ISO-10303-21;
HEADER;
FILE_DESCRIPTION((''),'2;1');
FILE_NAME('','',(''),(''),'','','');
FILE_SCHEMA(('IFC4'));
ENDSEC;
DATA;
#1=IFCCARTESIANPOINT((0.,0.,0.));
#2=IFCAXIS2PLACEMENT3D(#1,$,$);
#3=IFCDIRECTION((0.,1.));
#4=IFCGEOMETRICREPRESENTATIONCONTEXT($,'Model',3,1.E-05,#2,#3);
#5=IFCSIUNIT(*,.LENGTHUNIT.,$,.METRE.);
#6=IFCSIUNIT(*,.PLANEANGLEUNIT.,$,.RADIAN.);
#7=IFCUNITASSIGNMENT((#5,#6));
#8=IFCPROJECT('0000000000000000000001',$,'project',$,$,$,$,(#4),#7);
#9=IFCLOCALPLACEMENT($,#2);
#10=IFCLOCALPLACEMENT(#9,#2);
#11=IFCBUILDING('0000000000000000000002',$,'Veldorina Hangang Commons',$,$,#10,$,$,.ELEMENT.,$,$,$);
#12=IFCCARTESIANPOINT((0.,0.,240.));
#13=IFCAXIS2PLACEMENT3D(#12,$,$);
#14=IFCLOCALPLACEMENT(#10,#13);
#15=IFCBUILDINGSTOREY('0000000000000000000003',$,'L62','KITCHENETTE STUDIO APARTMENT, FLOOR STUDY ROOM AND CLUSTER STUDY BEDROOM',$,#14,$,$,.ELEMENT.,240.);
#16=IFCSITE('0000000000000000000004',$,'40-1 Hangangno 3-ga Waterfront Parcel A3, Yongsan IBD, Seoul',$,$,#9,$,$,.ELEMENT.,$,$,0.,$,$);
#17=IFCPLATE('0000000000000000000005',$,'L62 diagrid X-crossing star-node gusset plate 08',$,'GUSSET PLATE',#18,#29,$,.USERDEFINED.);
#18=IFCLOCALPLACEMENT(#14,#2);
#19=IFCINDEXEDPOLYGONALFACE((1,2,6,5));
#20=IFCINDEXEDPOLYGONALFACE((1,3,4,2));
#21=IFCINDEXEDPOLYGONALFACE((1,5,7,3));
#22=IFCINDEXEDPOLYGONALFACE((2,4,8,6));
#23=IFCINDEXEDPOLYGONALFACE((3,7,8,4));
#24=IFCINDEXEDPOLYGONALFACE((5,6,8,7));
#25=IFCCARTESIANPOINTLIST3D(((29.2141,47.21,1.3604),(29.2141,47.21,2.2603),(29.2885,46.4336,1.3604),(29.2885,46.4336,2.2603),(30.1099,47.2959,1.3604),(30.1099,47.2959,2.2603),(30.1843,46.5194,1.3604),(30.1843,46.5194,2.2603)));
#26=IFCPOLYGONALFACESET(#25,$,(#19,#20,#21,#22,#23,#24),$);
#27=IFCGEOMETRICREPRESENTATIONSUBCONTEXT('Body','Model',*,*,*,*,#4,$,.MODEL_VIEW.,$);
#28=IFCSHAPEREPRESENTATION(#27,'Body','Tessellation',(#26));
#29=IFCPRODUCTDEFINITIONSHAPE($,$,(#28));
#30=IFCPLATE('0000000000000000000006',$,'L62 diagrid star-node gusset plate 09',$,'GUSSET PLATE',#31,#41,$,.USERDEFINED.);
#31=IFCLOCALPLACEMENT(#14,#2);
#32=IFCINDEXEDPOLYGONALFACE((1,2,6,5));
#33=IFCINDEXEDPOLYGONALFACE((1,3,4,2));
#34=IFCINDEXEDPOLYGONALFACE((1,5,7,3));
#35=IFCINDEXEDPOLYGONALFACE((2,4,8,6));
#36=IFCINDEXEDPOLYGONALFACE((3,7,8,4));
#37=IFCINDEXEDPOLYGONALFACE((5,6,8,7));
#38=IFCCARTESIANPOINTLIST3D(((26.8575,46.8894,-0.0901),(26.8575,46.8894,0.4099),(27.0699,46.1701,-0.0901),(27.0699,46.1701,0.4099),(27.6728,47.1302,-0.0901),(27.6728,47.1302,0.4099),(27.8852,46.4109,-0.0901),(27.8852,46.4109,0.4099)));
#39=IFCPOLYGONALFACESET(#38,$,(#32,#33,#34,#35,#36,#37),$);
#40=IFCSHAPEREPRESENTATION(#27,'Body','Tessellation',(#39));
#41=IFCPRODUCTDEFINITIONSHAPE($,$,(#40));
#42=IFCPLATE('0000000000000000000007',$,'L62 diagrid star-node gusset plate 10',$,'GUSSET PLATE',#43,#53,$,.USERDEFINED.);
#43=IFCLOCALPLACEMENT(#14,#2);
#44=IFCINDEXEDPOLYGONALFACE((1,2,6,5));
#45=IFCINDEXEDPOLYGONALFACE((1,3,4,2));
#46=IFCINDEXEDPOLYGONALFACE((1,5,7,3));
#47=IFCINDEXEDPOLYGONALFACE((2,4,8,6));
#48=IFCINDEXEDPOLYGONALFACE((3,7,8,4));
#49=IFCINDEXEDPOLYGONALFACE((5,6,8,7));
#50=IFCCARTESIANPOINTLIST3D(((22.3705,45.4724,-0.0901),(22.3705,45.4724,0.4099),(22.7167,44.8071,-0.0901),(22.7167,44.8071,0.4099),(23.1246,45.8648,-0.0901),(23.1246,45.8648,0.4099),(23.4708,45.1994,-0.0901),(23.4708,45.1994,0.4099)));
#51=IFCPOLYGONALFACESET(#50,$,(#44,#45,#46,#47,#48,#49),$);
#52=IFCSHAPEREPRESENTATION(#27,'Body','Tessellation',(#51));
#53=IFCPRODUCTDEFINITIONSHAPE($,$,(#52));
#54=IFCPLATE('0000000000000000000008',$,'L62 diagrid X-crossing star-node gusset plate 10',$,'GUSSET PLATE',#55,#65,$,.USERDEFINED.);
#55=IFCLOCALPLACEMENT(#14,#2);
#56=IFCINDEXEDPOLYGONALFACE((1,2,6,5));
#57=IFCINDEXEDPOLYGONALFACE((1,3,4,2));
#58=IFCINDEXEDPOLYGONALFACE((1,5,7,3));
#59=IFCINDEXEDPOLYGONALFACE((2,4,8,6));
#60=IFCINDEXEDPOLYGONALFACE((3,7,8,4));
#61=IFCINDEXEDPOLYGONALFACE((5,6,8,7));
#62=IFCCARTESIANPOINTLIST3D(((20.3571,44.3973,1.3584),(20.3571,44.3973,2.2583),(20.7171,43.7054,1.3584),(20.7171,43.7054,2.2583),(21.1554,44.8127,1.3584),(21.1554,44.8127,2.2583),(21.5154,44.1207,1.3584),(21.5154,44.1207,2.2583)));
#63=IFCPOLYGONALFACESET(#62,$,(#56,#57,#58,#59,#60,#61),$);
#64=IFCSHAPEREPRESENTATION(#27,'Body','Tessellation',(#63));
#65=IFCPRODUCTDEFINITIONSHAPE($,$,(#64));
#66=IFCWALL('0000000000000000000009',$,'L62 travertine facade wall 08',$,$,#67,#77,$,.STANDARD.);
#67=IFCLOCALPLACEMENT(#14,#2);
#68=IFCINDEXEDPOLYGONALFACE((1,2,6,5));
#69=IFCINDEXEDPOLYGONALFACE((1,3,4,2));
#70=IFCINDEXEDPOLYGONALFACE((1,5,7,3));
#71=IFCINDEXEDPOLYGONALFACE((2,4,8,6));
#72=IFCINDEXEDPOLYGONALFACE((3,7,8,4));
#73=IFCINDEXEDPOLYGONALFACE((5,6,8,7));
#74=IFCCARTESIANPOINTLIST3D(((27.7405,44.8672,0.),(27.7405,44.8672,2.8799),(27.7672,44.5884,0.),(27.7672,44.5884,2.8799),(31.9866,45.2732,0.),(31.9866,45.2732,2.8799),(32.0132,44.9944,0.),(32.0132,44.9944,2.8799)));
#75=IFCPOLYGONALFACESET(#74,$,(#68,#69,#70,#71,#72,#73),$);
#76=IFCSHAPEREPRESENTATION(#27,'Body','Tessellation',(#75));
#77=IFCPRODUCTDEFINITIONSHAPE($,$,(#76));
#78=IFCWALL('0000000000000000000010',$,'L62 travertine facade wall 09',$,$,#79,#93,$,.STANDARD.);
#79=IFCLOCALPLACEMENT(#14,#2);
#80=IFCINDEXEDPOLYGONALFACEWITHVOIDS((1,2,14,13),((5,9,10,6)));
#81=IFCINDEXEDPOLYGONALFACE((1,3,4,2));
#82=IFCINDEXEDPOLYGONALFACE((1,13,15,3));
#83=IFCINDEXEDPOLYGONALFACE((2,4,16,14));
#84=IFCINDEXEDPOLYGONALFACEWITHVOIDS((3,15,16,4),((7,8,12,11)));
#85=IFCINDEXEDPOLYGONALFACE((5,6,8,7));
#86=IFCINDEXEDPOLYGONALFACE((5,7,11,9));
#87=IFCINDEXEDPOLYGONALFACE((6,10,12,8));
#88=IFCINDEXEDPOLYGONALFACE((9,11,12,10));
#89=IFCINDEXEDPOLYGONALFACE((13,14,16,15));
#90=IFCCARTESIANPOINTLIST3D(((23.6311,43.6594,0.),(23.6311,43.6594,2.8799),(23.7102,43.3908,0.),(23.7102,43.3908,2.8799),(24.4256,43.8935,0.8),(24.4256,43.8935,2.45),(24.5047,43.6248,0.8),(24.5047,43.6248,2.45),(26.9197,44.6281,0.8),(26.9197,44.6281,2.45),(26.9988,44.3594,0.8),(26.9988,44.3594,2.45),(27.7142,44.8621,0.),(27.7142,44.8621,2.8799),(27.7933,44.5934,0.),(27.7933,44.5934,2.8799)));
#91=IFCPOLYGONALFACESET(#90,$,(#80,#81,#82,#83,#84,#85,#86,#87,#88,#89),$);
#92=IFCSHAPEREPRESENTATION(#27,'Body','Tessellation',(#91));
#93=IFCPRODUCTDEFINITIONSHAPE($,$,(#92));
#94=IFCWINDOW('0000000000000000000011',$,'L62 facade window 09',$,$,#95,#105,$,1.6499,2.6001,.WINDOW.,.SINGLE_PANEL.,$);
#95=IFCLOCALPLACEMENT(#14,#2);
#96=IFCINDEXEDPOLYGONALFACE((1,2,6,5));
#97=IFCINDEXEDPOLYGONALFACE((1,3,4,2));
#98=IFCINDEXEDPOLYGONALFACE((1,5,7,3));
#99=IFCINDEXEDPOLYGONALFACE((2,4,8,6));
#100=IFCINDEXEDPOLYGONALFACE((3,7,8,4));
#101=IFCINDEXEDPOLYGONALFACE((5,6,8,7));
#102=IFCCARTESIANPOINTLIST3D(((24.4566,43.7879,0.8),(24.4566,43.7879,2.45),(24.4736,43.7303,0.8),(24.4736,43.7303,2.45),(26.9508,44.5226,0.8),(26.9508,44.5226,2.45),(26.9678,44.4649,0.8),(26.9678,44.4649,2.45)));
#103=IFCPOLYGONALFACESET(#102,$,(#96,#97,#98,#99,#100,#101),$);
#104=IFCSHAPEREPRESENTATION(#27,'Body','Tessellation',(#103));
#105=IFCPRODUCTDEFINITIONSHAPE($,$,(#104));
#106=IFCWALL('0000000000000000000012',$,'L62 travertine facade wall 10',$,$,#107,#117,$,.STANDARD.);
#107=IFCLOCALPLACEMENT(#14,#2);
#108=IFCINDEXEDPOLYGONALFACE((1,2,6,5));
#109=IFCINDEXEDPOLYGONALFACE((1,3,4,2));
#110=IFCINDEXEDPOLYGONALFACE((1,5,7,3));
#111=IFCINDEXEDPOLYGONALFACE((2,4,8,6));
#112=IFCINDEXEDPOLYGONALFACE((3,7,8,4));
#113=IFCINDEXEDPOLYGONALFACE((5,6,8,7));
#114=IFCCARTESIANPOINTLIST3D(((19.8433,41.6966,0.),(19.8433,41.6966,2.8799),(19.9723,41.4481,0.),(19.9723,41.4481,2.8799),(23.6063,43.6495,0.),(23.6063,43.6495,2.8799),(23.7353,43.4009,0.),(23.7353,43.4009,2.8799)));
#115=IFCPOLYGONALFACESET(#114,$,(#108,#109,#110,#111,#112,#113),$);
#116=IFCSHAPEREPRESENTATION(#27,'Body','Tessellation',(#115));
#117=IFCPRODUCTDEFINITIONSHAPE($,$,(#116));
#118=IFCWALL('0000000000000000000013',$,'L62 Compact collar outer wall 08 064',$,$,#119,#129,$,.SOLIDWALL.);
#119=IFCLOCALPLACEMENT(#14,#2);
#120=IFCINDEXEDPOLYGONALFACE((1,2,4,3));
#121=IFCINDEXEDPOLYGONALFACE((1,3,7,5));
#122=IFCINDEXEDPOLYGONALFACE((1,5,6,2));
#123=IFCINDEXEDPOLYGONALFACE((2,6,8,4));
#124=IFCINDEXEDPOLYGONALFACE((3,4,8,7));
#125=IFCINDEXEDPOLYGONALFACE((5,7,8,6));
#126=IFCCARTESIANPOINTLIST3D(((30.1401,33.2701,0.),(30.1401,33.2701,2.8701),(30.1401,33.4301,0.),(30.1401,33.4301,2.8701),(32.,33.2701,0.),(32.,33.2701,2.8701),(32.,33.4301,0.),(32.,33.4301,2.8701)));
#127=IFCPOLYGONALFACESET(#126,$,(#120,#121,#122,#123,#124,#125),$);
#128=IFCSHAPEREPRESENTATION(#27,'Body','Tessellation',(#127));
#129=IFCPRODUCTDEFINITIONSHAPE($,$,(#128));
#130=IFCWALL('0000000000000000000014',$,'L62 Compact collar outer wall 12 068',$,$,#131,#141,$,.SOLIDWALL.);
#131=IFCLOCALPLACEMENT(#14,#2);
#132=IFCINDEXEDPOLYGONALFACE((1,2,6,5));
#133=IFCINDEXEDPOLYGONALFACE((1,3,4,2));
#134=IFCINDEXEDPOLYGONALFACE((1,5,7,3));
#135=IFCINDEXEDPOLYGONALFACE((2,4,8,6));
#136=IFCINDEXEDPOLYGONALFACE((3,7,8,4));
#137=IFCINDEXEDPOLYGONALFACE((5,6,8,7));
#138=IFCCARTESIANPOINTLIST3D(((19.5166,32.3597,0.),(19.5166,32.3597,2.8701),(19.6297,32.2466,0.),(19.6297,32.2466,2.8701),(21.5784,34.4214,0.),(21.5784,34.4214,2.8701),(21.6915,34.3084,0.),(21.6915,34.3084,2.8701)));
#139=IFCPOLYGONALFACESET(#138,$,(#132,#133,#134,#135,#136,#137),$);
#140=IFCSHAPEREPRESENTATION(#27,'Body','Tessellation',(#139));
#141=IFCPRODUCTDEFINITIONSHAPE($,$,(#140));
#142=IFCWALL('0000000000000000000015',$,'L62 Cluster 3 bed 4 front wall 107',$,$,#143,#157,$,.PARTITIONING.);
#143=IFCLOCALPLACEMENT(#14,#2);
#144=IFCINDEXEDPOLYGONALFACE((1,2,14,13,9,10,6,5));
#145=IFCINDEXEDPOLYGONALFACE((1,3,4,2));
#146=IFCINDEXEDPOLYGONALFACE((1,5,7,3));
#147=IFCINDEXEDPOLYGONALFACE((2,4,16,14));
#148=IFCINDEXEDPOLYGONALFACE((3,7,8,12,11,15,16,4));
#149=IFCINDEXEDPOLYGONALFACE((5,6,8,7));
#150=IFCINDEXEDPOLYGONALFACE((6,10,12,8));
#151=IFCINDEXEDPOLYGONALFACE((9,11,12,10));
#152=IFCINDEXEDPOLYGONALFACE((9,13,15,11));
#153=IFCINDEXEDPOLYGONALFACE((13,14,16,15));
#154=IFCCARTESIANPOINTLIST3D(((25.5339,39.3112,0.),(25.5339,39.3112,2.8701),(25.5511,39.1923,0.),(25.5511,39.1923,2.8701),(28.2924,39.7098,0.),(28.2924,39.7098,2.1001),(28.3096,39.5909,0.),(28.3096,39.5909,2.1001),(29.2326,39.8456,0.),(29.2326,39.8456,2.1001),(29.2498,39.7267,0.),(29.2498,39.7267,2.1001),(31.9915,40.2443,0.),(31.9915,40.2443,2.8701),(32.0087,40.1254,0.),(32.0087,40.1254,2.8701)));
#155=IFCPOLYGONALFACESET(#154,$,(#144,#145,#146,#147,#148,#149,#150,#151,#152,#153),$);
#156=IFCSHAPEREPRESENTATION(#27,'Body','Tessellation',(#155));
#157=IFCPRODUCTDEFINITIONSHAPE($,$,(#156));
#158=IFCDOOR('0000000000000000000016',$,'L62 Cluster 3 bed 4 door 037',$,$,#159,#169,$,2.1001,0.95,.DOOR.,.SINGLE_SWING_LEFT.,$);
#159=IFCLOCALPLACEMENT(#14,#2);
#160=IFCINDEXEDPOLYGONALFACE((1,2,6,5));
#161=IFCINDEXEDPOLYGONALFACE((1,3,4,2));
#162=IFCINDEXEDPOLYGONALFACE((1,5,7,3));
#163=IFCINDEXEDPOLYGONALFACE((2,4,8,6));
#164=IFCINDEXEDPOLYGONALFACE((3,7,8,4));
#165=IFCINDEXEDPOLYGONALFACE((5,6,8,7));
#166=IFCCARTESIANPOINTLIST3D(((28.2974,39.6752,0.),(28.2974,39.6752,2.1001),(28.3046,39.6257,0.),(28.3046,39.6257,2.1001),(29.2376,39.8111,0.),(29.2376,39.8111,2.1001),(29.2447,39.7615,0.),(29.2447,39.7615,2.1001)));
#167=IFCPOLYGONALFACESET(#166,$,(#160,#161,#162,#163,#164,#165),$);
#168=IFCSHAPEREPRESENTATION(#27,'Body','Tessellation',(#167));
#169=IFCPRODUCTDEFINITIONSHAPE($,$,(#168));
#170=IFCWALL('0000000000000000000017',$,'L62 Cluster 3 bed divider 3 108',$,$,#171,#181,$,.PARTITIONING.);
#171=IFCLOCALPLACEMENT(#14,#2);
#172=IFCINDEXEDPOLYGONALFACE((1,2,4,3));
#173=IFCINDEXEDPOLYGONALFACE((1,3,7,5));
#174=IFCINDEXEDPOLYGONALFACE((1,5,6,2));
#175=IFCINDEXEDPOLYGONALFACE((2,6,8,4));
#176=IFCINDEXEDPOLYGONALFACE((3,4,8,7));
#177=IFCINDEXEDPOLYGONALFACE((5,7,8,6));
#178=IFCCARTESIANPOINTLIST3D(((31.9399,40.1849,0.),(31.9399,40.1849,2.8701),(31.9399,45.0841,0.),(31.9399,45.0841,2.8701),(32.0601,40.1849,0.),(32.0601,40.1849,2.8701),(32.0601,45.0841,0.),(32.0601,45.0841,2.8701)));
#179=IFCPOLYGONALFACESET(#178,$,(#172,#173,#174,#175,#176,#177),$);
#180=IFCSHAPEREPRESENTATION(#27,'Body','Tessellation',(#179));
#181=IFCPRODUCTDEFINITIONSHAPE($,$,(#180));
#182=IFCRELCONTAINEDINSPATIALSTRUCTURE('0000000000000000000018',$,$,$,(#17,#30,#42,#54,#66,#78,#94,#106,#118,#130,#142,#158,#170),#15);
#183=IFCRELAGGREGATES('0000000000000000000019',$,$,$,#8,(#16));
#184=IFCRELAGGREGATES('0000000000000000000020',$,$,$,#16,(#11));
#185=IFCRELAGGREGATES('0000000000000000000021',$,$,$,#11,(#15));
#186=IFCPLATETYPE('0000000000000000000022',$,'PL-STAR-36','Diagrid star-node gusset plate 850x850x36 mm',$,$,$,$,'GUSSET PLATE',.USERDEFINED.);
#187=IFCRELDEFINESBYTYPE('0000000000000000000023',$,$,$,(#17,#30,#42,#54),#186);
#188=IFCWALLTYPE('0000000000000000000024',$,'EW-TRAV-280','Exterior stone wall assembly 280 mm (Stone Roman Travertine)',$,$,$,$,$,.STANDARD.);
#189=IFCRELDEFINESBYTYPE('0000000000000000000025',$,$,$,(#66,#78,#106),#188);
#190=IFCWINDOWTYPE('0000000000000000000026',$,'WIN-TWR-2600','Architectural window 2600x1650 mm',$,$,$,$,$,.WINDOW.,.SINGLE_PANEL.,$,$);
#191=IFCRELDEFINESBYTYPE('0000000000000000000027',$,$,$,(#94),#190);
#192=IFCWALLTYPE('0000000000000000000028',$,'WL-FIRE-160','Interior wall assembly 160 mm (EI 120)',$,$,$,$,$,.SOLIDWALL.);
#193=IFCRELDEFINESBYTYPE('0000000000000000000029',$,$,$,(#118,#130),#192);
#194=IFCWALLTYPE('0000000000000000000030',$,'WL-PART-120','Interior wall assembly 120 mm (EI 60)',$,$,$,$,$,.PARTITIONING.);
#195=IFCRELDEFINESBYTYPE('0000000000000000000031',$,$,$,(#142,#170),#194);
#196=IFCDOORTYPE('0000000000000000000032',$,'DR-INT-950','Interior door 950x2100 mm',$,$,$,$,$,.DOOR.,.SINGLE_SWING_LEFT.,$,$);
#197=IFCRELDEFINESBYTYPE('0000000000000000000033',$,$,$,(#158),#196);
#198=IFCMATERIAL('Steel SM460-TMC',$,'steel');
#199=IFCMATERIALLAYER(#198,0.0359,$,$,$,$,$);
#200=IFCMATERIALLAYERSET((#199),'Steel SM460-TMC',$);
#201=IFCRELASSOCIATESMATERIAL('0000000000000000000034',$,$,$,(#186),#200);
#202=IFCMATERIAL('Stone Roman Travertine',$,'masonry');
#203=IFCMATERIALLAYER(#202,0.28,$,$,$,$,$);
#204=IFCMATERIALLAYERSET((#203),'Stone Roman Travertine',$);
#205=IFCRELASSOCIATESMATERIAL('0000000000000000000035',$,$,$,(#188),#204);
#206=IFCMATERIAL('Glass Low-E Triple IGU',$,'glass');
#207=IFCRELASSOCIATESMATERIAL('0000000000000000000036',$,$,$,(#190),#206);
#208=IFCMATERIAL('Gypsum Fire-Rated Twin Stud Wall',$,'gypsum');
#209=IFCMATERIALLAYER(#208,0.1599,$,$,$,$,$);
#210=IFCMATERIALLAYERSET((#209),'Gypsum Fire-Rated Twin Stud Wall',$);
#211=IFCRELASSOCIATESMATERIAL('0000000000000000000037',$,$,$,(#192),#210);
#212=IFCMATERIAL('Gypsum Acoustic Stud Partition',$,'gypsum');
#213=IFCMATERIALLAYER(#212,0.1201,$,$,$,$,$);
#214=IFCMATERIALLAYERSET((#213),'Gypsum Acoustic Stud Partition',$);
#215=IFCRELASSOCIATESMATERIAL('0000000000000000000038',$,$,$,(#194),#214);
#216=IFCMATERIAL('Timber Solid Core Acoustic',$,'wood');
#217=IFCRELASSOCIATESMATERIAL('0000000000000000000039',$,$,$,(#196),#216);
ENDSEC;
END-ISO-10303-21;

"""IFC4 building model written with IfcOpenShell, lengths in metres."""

from ifc_helpers import new_model, si_unit, direction, frame, frame_2d, origin, origin_2d, place, context, subcontext, project, spatial, rectangle, extrude, material, layer, layer_set, type_object, element, fill, save


model = new_model("IFC4")

# Units and contexts
model_context = context("Model", 3, precision=1e-05, world=origin(), true_north=direction((0.0, 1.0)))
body_context = subcontext(model_context, "Body", "Model", "MODEL_VIEW")
ifc_project = project(units=[si_unit("LENGTHUNIT", "METRE"), si_unit("PLANEANGLEUNIT", "RADIAN")], contexts=[model_context])

# Site, building, storey
site_placement = place(None, origin())
site = spatial("IfcSite", under=ifc_project, at=site_placement, Name="40-1 Hangangno 3-ga Waterfront Parcel A3, Yongsan IBD, Seoul", CompositionType="ELEMENT", RefElevation=0.0)
building_placement = place(site_placement, origin())
building = spatial("IfcBuilding", under=site, at=building_placement, Name="Veldorina Hangang Commons", CompositionType="ELEMENT")
storey_placement = place(building_placement, frame((0.0, 0.0, 240.0)))
storey = spatial("IfcBuildingStorey", under=building, at=storey_placement, Name="L62", Description="KITCHENETTE STUDIO APARTMENT, FLOOR STUDY ROOM AND CLUSTER STUDY BEDROOM", CompositionType="ELEMENT", Elevation=240.0)

# Plates
ifc_material_1 = material(Name="Steel SM460-TMC", Category="steel")
ifc_layer_1 = layer(ifc_material_1, 0.0359)
ifc_layer_set_1 = layer_set([ifc_layer_1], Name="Steel SM460-TMC")
plate_type = type_object("IfcPlateType", Name="PL-STAR-36", Description="Diagrid star-node gusset plate 850x850x36 mm", ElementType="GUSSET PLATE", PredefinedType="USERDEFINED", material=ifc_layer_set_1)
plate_1_placement = place(storey_placement, frame((29.6992, 46.8647, 1.3604), z_axis=(0.0, 0.0, 1.0), x_axis=(-0.995436, -0.095429, 0.0)))
element("IfcPlate", 1, at=plate_1_placement, inside=storey, type_object=plate_type, Name="L62 diagrid X-crossing star-node gusset plate 08", ObjectType="GUSSET PLATE", PredefinedType="USERDEFINED", context=body_context, shape_type="SweptSolid", body=[
    extrude(rectangle(XDim=0.8999, YDim=0.78, at=origin_2d()), origin(), (0.0, 0.0, 1.0), 0.8999),
])
for number, where, z_axis, x_axis, name in (
    (2, (27.3713, 46.6501, -0.0901), (0.0, 0.0, 1.0), (-0.959062, -0.283195, 0.0), "L62 diagrid star-node gusset plate 09"),
    (3, (22.9207, 45.3359, -0.0901), (0.0, 0.0, 1.0), (-0.887116, -0.461547, 0.0), "L62 diagrid star-node gusset plate 10"),
):
    element("IfcPlate", number, at=place(storey_placement, frame(where, z_axis=z_axis, x_axis=x_axis)), inside=storey, type_object=plate_type, Name=name, ObjectType="GUSSET PLATE", PredefinedType="USERDEFINED", context=body_context, shape_type="SweptSolid", body=[
        extrude(rectangle(XDim=0.8501, YDim=0.75, at=origin_2d()), origin(), (0.0, 0.0, 1.0), 0.5),
    ])
plate_2_placement = place(storey_placement, frame((20.9363, 44.259, 1.3584), z_axis=(0.0, 0.0, 1.0), x_axis=(-0.887116, -0.461547, 0.0)))
element("IfcPlate", 4, at=plate_2_placement, inside=storey, type_object=plate_type, Name="L62 diagrid X-crossing star-node gusset plate 10", ObjectType="GUSSET PLATE", PredefinedType="USERDEFINED", context=body_context, shape_type="SweptSolid", body=[
    extrude(rectangle(XDim=0.8999, YDim=0.78, at=origin_2d()), origin(), (0.0, 0.0, 1.0), 0.8999),
])

# Wall
ifc_material_2 = material(Name="Stone Roman Travertine", Category="masonry")
ifc_layer_2 = layer(ifc_material_2, 0.28)
ifc_layer_set_2 = layer_set([ifc_layer_2], Name="Stone Roman Travertine")
wall_type_1 = type_object("IfcWallType", Name="EW-TRAV-280", Description="Exterior stone wall assembly 280 mm (Stone Roman Travertine)", PredefinedType="STANDARD", material=ifc_layer_set_2)
wall_1_placement = place(storey_placement, frame((32.0, 45.1338, 0.0), z_axis=(0.0, 0.0, 1.0), x_axis=(-0.99546, -0.095185, 0.0)))
element("IfcWall", 5, at=wall_1_placement, inside=storey, type_object=wall_type_1, Name="L62 travertine facade wall 08", PredefinedType="STANDARD", context=body_context, shape_type="SweptSolid", body=[
    extrude(rectangle(XDim=4.2654, YDim=0.28, at=frame_2d((2.1328, 0.0))), origin(), (0.0, 0.0, 1.0), 2.8799),
])

# Wall, opening, window
wall_2_placement = place(storey_placement, frame((27.7539, 44.7278, 0.0), z_axis=(0.0, 0.0, 1.0), x_axis=(-0.959259, -0.28253, 0.0)))
wall_2 = element("IfcWall", 6, at=wall_2_placement, inside=storey, type_object=wall_type_1, Name="L62 travertine facade wall 09", PredefinedType="STANDARD", context=body_context, shape_type="SweptSolid", body=[
    extrude(rectangle(XDim=4.2566, YDim=0.28, at=frame_2d((2.1284, 0.0))), origin(), (0.0, 0.0, 1.0), 2.8799),
])
opening_1_placement = place(wall_2_placement, frame((0.8284, 0.0, 0.8)))
opening_1 = element("IfcOpeningElement", 7, at=opening_1_placement, cuts=wall_2, PredefinedType="OPENING", context=body_context, shape_type="SweptSolid", body=[
    extrude(rectangle(XDim=2.6001, YDim=1.6499, at=frame_2d((1.3, 0.825))), frame((0.0, 0.1499, 0.0), z_axis=(0.0, -1.0, 0.0), x_axis=(1.0, 0.0, 0.0)), (0.0, 0.0, 1.0), 0.3),
])
ifc_material_3 = material(Name="Glass Low-E Triple IGU", Category="glass")
window_type = type_object("IfcWindowType", Name="WIN-TWR-2600", Description="Architectural window 2600x1650 mm", PartitioningType="SINGLE_PANEL", PredefinedType="WINDOW", material=ifc_material_3)
window_placement = place(opening_1_placement, origin())
window = element("IfcWindow", 8, at=window_placement, inside=storey, type_object=window_type, Name="L62 facade window 09", OverallHeight=1.6499, OverallWidth=2.6001, PartitioningType="SINGLE_PANEL", PredefinedType="WINDOW", context=body_context, shape_type="SweptSolid", body=[
    extrude(rectangle(XDim=2.6001, YDim=1.6499, at=frame_2d((1.3, 0.825))), frame((0.0, 0.03, 0.0), z_axis=(0.0, -1.0, 0.0), x_axis=(1.0, 0.0, 0.0)), (0.0, 0.0, 1.0), 0.0601),
])
fill(opening_1, window)

# Walls
wall_3_placement = place(storey_placement, frame((23.6707, 43.5251, 0.0), z_axis=(0.0, 0.0, 1.0), x_axis=(-0.887588, -0.460638, 0.0)))
element("IfcWall", 9, at=wall_3_placement, inside=storey, type_object=wall_type_1, Name="L62 travertine facade wall 10", PredefinedType="STANDARD", context=body_context, shape_type="SweptSolid", body=[
    extrude(rectangle(XDim=4.2395, YDim=0.28, at=frame_2d((2.1196, 0.0))), origin(), (0.0, 0.0, 1.0), 2.8799),
])
ifc_material_4 = material(Name="Gypsum Fire-Rated Twin Stud Wall", Category="gypsum")
ifc_layer_3 = layer(ifc_material_4, 0.1599)
ifc_layer_set_3 = layer_set([ifc_layer_3], Name="Gypsum Fire-Rated Twin Stud Wall")
wall_type_2 = type_object("IfcWallType", Name="WL-FIRE-160", Description="Interior wall assembly 160 mm (EI 120)", PredefinedType="SOLIDWALL", material=ifc_layer_set_3)
wall_4_placement = place(storey_placement, frame((32.0, 33.3501, 0.0), z_axis=(0.0, 0.0, 1.0), x_axis=(-1.0, 0.0, 0.0)))
element("IfcWall", 10, at=wall_4_placement, inside=storey, type_object=wall_type_2, Name="L62 Compact collar outer wall 08 064", PredefinedType="SOLIDWALL", context=body_context, shape_type="SweptSolid", body=[
    extrude(rectangle(XDim=1.8599, YDim=0.1599, at=frame_2d((0.9299, 0.0))), origin(), (0.0, 0.0, 1.0), 2.8701),
])
wall_5_placement = place(storey_placement, frame((21.635, 34.365, 0.0), z_axis=(0.0, 0.0, 1.0), x_axis=(-0.707107, -0.707107, 0.0)))
element("IfcWall", 11, at=wall_5_placement, inside=storey, type_object=wall_type_2, Name="L62 Compact collar outer wall 12 068", PredefinedType="SOLIDWALL", context=body_context, shape_type="SweptSolid", body=[
    extrude(rectangle(XDim=2.9158, YDim=0.1599, at=frame_2d((1.458, 0.0))), origin(), (0.0, 0.0, 1.0), 2.8701),
])

# Wall, opening, door
ifc_material_5 = material(Name="Gypsum Acoustic Stud Partition", Category="gypsum")
ifc_layer_4 = layer(ifc_material_5, 0.1201)
ifc_layer_set_4 = layer_set([ifc_layer_4], Name="Gypsum Acoustic Stud Partition")
wall_type_3 = type_object("IfcWallType", Name="WL-PART-120", Description="Interior wall assembly 120 mm (EI 60)", PredefinedType="PARTITIONING", material=ifc_layer_set_4)
wall_6_placement = place(storey_placement, frame((32.0, 40.1848, 0.0), z_axis=(0.0, 0.0, 1.0), x_axis=(-0.989721, -0.143014, 0.0)))
wall_6 = element("IfcWall", 12, at=wall_6_placement, inside=storey, type_object=wall_type_3, Name="L62 Cluster 3 bed 4 front wall 107", PredefinedType="PARTITIONING", context=body_context, shape_type="SweptSolid", body=[
    extrude(rectangle(XDim=6.5247, YDim=0.1201, at=frame_2d((3.2622, 0.0))), origin(), (0.0, 0.0, 1.0), 2.8701),
])
opening_2_placement = place(wall_6_placement, frame((2.7874, 0.0, 0.0)))
opening_2 = element("IfcOpeningElement", 13, at=opening_2_placement, cuts=wall_6, PredefinedType="OPENING", context=body_context, shape_type="SweptSolid", body=[
    extrude(rectangle(XDim=0.95, YDim=2.1001, at=frame_2d((0.4751, 1.05))), frame((0.0, 0.0701, 0.0), z_axis=(0.0, -1.0, 0.0), x_axis=(1.0, 0.0, 0.0)), (0.0, 0.0, 1.0), 0.1401),
])
ifc_material_6 = material(Name="Timber Solid Core Acoustic", Category="wood")
door_type_1 = type_object("IfcDoorType", Name="DR-INT-950", Description="Interior door 950x2100 mm", OperationType="SINGLE_SWING_LEFT", PredefinedType="DOOR", material=ifc_material_6)
door_1_placement = place(opening_2_placement, origin())
door_1 = element("IfcDoor", 14, at=door_1_placement, inside=storey, type_object=door_type_1, Name="L62 Cluster 3 bed 4 door 037", OperationType="SINGLE_SWING_LEFT", OverallHeight=2.1001, OverallWidth=0.95, PredefinedType="DOOR", context=body_context, shape_type="SweptSolid", body=[
    extrude(rectangle(XDim=0.95, YDim=2.1001, at=frame_2d((0.4751, 1.05))), frame((0.0, 0.0249, 0.0), z_axis=(0.0, -1.0, 0.0), x_axis=(1.0, 0.0, 0.0)), (0.0, 0.0, 1.0), 0.05),
])
fill(opening_2, door_1)

# Wall
wall_7_placement = place(storey_placement, frame((32.0, 40.1848, 0.0), z_axis=(0.0, 0.0, 1.0), x_axis=(0.0, 1.0, 0.0)))
element("IfcWall", 15, at=wall_7_placement, inside=storey, type_object=wall_type_3, Name="L62 Cluster 3 bed divider 3 108", PredefinedType="PARTITIONING", context=body_context, shape_type="SweptSolid", body=[
    extrude(rectangle(XDim=4.8992, YDim=0.1201, at=frame_2d((2.4497, 0.0))), origin(), (0.0, 0.0, 1.0), 2.8701),
])

save(model, "model.ifc")
